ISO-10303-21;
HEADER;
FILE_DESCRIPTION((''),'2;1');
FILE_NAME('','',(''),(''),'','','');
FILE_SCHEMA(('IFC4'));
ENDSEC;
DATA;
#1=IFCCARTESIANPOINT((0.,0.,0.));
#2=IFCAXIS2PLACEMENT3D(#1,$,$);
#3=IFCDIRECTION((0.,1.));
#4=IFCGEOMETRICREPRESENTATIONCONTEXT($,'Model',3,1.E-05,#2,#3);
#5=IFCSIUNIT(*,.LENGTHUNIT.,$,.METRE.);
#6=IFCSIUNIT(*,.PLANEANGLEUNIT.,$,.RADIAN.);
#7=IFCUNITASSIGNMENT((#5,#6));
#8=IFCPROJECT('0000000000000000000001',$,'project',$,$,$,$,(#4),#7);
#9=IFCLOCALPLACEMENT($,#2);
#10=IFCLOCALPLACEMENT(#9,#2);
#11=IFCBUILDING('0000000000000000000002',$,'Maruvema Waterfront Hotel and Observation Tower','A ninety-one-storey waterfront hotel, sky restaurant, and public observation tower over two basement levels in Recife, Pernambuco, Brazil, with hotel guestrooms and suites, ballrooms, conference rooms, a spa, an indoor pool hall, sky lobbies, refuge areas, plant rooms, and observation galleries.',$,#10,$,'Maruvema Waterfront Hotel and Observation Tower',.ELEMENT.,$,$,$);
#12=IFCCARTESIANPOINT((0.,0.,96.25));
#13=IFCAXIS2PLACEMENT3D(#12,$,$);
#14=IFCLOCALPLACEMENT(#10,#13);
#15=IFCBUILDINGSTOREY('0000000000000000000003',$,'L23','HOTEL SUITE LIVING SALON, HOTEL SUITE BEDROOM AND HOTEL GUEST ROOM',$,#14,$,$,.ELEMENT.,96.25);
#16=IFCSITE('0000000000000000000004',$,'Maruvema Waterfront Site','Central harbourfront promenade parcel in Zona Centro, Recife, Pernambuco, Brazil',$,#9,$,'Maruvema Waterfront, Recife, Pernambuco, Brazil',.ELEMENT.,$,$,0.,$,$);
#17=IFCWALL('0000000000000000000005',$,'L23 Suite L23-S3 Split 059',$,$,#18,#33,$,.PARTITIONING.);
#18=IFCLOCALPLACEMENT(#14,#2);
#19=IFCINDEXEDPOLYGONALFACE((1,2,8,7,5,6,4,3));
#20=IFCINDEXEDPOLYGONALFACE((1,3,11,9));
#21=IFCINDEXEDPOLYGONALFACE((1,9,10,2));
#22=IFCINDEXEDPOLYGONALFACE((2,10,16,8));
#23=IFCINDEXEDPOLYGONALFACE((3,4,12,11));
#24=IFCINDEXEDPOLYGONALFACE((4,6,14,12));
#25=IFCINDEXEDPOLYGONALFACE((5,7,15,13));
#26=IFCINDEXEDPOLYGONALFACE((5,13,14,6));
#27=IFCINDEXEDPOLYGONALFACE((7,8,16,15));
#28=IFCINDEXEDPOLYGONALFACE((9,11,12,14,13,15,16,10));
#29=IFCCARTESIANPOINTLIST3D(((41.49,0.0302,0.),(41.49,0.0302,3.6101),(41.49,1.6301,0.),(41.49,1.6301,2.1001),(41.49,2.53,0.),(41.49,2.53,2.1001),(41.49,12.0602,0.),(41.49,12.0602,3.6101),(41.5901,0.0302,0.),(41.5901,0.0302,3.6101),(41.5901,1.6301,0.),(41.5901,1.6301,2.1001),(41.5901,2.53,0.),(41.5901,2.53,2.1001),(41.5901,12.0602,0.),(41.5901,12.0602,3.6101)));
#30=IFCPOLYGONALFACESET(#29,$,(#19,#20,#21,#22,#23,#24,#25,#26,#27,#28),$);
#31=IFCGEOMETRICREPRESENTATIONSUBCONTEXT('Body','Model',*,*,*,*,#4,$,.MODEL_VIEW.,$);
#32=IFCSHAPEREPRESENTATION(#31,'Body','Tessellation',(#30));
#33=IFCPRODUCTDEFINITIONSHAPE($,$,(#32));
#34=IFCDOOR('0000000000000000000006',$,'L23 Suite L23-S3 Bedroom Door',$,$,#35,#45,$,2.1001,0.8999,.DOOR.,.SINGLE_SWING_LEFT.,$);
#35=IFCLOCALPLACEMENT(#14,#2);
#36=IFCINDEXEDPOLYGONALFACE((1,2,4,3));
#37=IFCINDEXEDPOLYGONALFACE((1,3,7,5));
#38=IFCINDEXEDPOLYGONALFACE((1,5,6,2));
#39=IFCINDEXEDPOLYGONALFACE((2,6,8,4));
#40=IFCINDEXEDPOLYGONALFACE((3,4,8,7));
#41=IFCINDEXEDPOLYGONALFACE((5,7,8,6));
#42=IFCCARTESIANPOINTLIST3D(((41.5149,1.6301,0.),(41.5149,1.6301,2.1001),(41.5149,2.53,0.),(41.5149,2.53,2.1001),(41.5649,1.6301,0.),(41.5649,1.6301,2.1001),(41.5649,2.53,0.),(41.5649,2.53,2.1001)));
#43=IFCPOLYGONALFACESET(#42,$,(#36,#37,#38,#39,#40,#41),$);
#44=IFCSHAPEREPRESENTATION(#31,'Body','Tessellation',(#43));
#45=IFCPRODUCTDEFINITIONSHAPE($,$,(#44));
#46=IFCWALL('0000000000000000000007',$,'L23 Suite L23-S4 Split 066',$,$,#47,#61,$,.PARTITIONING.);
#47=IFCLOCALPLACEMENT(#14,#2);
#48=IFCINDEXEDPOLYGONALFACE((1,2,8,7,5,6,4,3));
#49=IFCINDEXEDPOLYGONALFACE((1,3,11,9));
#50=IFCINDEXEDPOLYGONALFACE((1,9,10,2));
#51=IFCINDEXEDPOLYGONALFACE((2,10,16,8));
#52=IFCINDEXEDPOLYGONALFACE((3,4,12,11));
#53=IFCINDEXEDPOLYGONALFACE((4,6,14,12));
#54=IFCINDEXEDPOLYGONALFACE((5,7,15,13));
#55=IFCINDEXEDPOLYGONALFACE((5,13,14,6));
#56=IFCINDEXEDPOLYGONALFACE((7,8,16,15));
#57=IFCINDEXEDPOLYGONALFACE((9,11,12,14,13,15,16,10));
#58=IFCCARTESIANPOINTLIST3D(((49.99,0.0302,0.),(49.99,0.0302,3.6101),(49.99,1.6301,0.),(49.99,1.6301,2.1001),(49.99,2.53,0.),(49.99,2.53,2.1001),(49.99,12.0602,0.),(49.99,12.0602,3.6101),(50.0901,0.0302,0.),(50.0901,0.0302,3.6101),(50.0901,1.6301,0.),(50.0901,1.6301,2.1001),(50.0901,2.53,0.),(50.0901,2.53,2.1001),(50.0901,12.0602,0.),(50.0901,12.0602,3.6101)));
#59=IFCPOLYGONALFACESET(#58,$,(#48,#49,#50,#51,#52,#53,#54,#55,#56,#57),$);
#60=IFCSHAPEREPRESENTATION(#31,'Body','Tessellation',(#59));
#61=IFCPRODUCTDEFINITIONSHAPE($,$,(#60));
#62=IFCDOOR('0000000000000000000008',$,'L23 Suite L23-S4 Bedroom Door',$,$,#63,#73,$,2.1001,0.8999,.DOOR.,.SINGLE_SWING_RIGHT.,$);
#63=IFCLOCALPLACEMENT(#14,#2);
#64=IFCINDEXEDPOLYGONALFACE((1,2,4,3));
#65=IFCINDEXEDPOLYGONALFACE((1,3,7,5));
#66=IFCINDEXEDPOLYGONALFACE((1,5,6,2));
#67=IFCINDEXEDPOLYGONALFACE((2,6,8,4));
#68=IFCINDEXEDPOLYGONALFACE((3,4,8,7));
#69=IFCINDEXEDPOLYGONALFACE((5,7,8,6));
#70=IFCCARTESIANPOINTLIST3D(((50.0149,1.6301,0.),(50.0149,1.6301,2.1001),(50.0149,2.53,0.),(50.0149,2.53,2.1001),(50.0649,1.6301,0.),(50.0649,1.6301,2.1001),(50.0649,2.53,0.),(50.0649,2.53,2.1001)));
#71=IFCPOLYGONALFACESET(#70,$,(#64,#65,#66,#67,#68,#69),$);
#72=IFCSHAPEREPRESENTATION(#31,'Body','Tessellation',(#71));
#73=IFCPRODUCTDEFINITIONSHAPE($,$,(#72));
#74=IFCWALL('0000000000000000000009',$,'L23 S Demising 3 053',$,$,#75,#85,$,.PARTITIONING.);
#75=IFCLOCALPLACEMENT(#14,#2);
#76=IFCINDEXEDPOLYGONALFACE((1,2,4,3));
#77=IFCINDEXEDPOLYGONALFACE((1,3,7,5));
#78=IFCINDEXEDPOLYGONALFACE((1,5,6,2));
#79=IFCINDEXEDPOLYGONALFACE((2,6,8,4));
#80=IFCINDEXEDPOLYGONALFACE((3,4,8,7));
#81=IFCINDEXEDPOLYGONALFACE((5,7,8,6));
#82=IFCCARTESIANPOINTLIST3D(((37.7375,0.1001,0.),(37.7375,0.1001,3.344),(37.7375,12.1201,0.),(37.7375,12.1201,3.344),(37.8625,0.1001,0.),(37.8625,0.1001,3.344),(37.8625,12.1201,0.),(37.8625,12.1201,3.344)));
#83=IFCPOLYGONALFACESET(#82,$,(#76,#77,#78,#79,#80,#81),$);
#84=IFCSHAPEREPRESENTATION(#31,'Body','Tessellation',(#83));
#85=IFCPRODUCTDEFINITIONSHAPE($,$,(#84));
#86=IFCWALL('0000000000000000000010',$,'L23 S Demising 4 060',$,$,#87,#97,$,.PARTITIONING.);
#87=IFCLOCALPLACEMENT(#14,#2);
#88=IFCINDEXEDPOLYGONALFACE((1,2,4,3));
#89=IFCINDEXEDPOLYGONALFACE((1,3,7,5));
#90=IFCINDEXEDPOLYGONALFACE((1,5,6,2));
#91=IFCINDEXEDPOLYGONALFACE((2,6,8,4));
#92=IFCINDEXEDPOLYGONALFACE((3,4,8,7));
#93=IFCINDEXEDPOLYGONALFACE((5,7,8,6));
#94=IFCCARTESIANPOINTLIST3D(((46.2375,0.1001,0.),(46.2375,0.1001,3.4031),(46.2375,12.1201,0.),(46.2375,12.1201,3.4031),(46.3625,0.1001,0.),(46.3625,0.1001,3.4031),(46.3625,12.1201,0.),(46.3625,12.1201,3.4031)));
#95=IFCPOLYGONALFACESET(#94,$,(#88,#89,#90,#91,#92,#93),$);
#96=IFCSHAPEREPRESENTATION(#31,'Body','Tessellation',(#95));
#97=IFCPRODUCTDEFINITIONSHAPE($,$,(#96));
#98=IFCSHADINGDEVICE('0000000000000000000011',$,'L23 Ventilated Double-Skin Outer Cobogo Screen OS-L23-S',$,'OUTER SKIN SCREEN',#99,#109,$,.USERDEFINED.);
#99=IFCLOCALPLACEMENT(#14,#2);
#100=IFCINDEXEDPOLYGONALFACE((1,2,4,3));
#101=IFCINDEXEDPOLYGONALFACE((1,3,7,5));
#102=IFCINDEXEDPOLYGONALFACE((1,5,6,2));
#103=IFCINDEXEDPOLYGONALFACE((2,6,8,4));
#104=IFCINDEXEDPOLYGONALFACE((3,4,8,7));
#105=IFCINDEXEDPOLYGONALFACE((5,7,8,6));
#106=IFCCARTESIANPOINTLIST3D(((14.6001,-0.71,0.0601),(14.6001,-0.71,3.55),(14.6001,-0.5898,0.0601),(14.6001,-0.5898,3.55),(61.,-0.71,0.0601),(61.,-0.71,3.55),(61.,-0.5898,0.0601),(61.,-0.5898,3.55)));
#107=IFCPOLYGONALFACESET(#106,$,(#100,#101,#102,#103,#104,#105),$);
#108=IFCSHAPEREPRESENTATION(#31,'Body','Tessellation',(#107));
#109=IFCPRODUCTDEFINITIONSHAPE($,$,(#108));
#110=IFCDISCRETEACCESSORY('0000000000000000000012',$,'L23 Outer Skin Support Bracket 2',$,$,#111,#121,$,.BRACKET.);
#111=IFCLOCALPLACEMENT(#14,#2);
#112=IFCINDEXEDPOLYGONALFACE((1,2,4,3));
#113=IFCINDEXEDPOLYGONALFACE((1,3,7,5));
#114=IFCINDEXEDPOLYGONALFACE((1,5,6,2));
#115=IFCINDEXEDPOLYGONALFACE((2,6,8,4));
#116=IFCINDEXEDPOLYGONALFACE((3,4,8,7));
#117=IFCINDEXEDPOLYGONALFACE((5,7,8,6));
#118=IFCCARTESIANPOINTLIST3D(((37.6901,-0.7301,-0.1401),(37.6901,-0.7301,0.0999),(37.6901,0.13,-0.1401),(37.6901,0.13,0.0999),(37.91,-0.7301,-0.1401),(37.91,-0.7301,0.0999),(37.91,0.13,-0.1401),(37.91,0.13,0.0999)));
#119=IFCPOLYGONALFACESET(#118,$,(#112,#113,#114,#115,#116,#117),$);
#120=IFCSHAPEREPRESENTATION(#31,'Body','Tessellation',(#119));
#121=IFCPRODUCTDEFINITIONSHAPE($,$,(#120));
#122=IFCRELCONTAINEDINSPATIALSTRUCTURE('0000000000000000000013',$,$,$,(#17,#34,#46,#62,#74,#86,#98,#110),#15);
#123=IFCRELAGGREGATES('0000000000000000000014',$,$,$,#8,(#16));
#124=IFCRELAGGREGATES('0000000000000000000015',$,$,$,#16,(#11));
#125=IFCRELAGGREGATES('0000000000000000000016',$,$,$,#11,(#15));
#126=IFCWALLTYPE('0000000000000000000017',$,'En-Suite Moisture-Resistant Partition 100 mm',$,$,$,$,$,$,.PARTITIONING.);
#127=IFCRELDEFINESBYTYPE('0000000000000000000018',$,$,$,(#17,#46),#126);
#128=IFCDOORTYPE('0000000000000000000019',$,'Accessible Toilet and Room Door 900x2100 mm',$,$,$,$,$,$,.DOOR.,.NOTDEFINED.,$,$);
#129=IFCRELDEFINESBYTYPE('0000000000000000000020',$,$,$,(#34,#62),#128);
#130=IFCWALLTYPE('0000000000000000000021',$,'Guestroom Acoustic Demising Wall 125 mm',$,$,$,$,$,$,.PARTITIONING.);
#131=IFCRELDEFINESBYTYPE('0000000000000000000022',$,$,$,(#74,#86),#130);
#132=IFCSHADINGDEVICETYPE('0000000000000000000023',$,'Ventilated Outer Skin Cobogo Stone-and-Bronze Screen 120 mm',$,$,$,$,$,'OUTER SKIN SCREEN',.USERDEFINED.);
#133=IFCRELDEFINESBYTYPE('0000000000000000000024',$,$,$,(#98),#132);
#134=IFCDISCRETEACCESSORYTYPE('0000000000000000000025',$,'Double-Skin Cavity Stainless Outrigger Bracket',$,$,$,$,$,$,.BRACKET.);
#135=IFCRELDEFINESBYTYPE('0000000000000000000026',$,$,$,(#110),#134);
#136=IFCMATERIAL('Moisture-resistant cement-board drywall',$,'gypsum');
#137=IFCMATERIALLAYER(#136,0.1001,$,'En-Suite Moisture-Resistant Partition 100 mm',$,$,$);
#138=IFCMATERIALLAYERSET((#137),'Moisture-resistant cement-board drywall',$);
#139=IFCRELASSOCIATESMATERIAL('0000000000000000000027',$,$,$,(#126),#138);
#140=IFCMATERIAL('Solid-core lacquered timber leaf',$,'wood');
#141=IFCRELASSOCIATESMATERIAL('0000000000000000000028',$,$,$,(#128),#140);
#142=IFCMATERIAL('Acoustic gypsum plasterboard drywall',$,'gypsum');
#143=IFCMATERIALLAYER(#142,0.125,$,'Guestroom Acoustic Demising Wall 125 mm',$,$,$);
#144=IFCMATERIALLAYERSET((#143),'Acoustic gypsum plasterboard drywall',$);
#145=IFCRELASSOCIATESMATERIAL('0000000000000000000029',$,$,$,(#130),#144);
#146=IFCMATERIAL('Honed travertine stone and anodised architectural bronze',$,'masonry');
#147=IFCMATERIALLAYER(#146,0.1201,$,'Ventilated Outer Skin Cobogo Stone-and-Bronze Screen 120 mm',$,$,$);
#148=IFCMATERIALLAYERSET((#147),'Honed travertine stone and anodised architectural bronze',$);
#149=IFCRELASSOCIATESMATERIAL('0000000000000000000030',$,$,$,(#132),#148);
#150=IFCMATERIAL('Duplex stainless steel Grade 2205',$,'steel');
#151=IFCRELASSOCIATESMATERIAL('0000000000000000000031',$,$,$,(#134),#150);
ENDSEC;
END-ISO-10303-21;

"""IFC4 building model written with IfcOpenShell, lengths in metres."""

from ifc_helpers import new_model, si_unit, direction, frame, frame_2d, origin, origin_2d, place, context, subcontext, project, spatial, rectangle, extrude, material, layer, layer_set, type_object, element, fill, save


model = new_model("IFC4")

# Units and contexts
model_context = context("Model", 3, precision=1e-05, world=origin(), true_north=direction((0.0, 1.0)))
body_context = subcontext(model_context, "Body", "Model", "MODEL_VIEW")
ifc_project = project(units=[si_unit("LENGTHUNIT", "METRE"), si_unit("PLANEANGLEUNIT", "RADIAN")], contexts=[model_context])

# Site, building, storey
site_placement = place(None, origin())
site = spatial("IfcSite", under=ifc_project, at=site_placement, Name="Maruvema Waterfront Site", Description="Central harbourfront promenade parcel in Zona Centro, Recife, Pernambuco, Brazil", LongName="Maruvema Waterfront, Recife, Pernambuco, Brazil", CompositionType="ELEMENT", RefElevation=0.0)
building_placement = place(site_placement, origin())
building = spatial("IfcBuilding", under=site, at=building_placement, Name="Maruvema Waterfront Hotel and Observation Tower", Description="A ninety-one-storey waterfront hotel, sky restaurant, and public observation tower over two basement levels in Recife, Pernambuco, Brazil, with hotel guestrooms and suites, ballrooms, conference rooms, a spa, an indoor pool hall, sky lobbies, refuge areas, plant rooms, and observation galleries.", LongName="Maruvema Waterfront Hotel and Observation Tower", CompositionType="ELEMENT")
storey_placement = place(building_placement, frame((0.0, 0.0, 96.25)))
storey = spatial("IfcBuildingStorey", under=building, at=storey_placement, Name="L23", Description="HOTEL SUITE LIVING SALON, HOTEL SUITE BEDROOM AND HOTEL GUEST ROOM", CompositionType="ELEMENT", Elevation=96.25)

# Shared definitions
ifc_material_1 = material(Name="Moisture-resistant cement-board drywall", Category="gypsum")
ifc_layer_1 = layer(ifc_material_1, 0.1001, Name="En-Suite Moisture-Resistant Partition 100 mm")
ifc_layer_set_1 = layer_set([ifc_layer_1], Name="Moisture-resistant cement-board drywall")
wall_type_1 = type_object("IfcWallType", Name="En-Suite Moisture-Resistant Partition 100 mm", PredefinedType="PARTITIONING", material=ifc_layer_set_1)

# Walls, openings, doors
wall_1_placement = place(storey_placement, frame((41.54, 0.03, 0.0), z_axis=(0.0, 0.0, 1.0), x_axis=(0.0, 1.0, 0.0)))
wall_1 = element("IfcWall", 1, at=wall_1_placement, inside=storey, type_object=wall_type_1, Name="L23 Suite L23-S3 Split 059", PredefinedType="PARTITIONING", context=body_context, shape_type="SweptSolid", body=[
    extrude(rectangle(XDim=12.03, YDim=0.1001, at=frame_2d((6.0151, 0.0))), origin(), (0.0, 0.0, 1.0), 3.6101),
])
opening_1_placement = place(wall_1_placement, frame((1.6001, 0.0, 0.0)))
opening_1 = element("IfcOpeningElement", 2, at=opening_1_placement, cuts=wall_1, PredefinedType="OPENING", context=body_context, shape_type="SweptSolid", body=[
    extrude(rectangle(XDim=0.8999, YDim=2.1001, at=frame_2d((0.45, 1.05))), frame((0.0, 0.0601, 0.0), z_axis=(0.0, -1.0, 0.0), x_axis=(1.0, 0.0, 0.0)), (0.0, 0.0, 1.0), 0.1201),
])
ifc_material_2 = material(Name="Solid-core lacquered timber leaf", Category="wood")
door_type_1 = type_object("IfcDoorType", Name="Accessible Toilet and Room Door 900x2100 mm", OperationType="NOTDEFINED", PredefinedType="DOOR", material=ifc_material_2)
door_1_placement = place(opening_1_placement, frame((0.8999, 0.0, 0.0), z_axis=(0.0, 0.0, 1.0), x_axis=(-1.0, 0.0, 0.0)))
door_1 = element("IfcDoor", 3, at=door_1_placement, inside=storey, type_object=door_type_1, Name="L23 Suite L23-S3 Bedroom Door", OperationType="SINGLE_SWING_LEFT", OverallHeight=2.1001, OverallWidth=0.8999, PredefinedType="DOOR", context=body_context, shape_type="SweptSolid", body=[
    extrude(rectangle(XDim=0.8999, YDim=2.1001, at=frame_2d((0.45, 1.05))), frame((0.0, 0.0249, 0.0), z_axis=(0.0, -1.0, 0.0), x_axis=(1.0, 0.0, 0.0)), (0.0, 0.0, 1.0), 0.05),
])
fill(opening_1, door_1)
wall_2_placement = place(storey_placement, frame((50.04, 0.03, 0.0), z_axis=(0.0, 0.0, 1.0), x_axis=(0.0, 1.0, 0.0)))
wall_2 = element("IfcWall", 4, at=wall_2_placement, inside=storey, type_object=wall_type_1, Name="L23 Suite L23-S4 Split 066", PredefinedType="PARTITIONING", context=body_context, shape_type="SweptSolid", body=[
    extrude(rectangle(XDim=12.03, YDim=0.1001, at=frame_2d((6.0151, 0.0))), origin(), (0.0, 0.0, 1.0), 3.6101),
])
opening_2_placement = place(wall_2_placement, frame((1.6001, 0.0, 0.0)))
opening_2 = element("IfcOpeningElement", 5, at=opening_2_placement, cuts=wall_2, PredefinedType="OPENING", context=body_context, shape_type="SweptSolid", body=[
    extrude(rectangle(XDim=0.8999, YDim=2.1001, at=frame_2d((0.45, 1.05))), frame((0.0, 0.0601, 0.0), z_axis=(0.0, -1.0, 0.0), x_axis=(1.0, 0.0, 0.0)), (0.0, 0.0, 1.0), 0.1201),
])
door_2_placement = place(opening_2_placement, frame((0.8999, 0.0, 0.0), z_axis=(0.0, 0.0, 1.0), x_axis=(-1.0, 0.0, 0.0)))
door_2 = element("IfcDoor", 6, at=door_2_placement, inside=storey, type_object=door_type_1, Name="L23 Suite L23-S4 Bedroom Door", OperationType="SINGLE_SWING_RIGHT", OverallHeight=2.1001, OverallWidth=0.8999, PredefinedType="DOOR", context=body_context, shape_type="SweptSolid", body=[
    extrude(rectangle(XDim=0.8999, YDim=2.1001, at=frame_2d((0.45, 1.05))), frame((0.0, 0.0249, 0.0), z_axis=(0.0, -1.0, 0.0), x_axis=(1.0, 0.0, 0.0)), (0.0, 0.0, 1.0), 0.05),
])
fill(opening_2, door_2)

# Walls
ifc_material_3 = material(Name="Acoustic gypsum plasterboard drywall", Category="gypsum")
ifc_layer_2 = layer(ifc_material_3, 0.125, Name="Guestroom Acoustic Demising Wall 125 mm")
ifc_layer_set_2 = layer_set([ifc_layer_2], Name="Acoustic gypsum plasterboard drywall")
wall_type_2 = type_object("IfcWallType", Name="Guestroom Acoustic Demising Wall 125 mm", PredefinedType="PARTITIONING", material=ifc_layer_set_2)
wall_3_placement = place(storey_placement, frame((37.8, 0.1001, 0.0), z_axis=(0.0, 0.0, 1.0), x_axis=(0.0, 1.0, 0.0)))
element("IfcWall", 7, at=wall_3_placement, inside=storey, type_object=wall_type_2, Name="L23 S Demising 3 053", PredefinedType="PARTITIONING", context=body_context, shape_type="SweptSolid", body=[
    extrude(rectangle(XDim=12.02, YDim=0.125, at=frame_2d((6.01, 0.0))), origin(), (0.0, 0.0, 1.0), 3.344),
])
wall_4_placement = place(storey_placement, frame((46.3, 0.1001, 0.0), z_axis=(0.0, 0.0, 1.0), x_axis=(0.0, 1.0, 0.0)))
element("IfcWall", 8, at=wall_4_placement, inside=storey, type_object=wall_type_2, Name="L23 S Demising 4 060", PredefinedType="PARTITIONING", context=body_context, shape_type="SweptSolid", body=[
    extrude(rectangle(XDim=12.02, YDim=0.125, at=frame_2d((6.01, 0.0))), origin(), (0.0, 0.0, 1.0), 3.4031),
])

# Shading device
ifc_material_4 = material(Name="Honed travertine stone and anodised architectural bronze", Category="masonry")
ifc_layer_3 = layer(ifc_material_4, 0.1201, Name="Ventilated Outer Skin Cobogo Stone-and-Bronze Screen 120 mm")
ifc_layer_set_3 = layer_set([ifc_layer_3], Name="Honed travertine stone and anodised architectural bronze")
shading_device_type = type_object("IfcShadingDeviceType", Name="Ventilated Outer Skin Cobogo Stone-and-Bronze Screen 120 mm", ElementType="OUTER SKIN SCREEN", PredefinedType="USERDEFINED", material=ifc_layer_set_3)
shading_device_placement = place(storey_placement, frame((37.8, -0.6499, 0.0601), z_axis=(0.0, 0.0, 1.0), x_axis=(1.0, 0.0, 0.0)))
element("IfcShadingDevice", 9, at=shading_device_placement, inside=storey, type_object=shading_device_type, Name="L23 Ventilated Double-Skin Outer Cobogo Screen OS-L23-S", ObjectType="OUTER SKIN SCREEN", PredefinedType="USERDEFINED", context=body_context, shape_type="SweptSolid", body=[
    extrude(rectangle(XDim=46.3999, YDim=0.1201, at=origin_2d()), origin(), (0.0, 0.0, 1.0), 3.49),
])

# Discrete accessory
ifc_material_5 = material(Name="Duplex stainless steel Grade 2205", Category="steel")
discrete_accessory_type = type_object("IfcDiscreteAccessoryType", Name="Double-Skin Cavity Stainless Outrigger Bracket", PredefinedType="BRACKET", material=ifc_material_5)
discrete_accessory_placement = place(storey_placement, frame((37.8, -0.3, -0.1401), z_axis=(0.0, 0.0, 1.0), x_axis=(1.0, 0.0, 0.0)))
element("IfcDiscreteAccessory", 10, at=discrete_accessory_placement, inside=storey, type_object=discrete_accessory_type, Name="L23 Outer Skin Support Bracket 2", PredefinedType="BRACKET", context=body_context, shape_type="SweptSolid", body=[
    extrude(rectangle(XDim=0.22, YDim=0.8601, at=origin_2d()), origin(), (0.0, 0.0, 1.0), 0.24),
])

save(model, "model.ifc")
